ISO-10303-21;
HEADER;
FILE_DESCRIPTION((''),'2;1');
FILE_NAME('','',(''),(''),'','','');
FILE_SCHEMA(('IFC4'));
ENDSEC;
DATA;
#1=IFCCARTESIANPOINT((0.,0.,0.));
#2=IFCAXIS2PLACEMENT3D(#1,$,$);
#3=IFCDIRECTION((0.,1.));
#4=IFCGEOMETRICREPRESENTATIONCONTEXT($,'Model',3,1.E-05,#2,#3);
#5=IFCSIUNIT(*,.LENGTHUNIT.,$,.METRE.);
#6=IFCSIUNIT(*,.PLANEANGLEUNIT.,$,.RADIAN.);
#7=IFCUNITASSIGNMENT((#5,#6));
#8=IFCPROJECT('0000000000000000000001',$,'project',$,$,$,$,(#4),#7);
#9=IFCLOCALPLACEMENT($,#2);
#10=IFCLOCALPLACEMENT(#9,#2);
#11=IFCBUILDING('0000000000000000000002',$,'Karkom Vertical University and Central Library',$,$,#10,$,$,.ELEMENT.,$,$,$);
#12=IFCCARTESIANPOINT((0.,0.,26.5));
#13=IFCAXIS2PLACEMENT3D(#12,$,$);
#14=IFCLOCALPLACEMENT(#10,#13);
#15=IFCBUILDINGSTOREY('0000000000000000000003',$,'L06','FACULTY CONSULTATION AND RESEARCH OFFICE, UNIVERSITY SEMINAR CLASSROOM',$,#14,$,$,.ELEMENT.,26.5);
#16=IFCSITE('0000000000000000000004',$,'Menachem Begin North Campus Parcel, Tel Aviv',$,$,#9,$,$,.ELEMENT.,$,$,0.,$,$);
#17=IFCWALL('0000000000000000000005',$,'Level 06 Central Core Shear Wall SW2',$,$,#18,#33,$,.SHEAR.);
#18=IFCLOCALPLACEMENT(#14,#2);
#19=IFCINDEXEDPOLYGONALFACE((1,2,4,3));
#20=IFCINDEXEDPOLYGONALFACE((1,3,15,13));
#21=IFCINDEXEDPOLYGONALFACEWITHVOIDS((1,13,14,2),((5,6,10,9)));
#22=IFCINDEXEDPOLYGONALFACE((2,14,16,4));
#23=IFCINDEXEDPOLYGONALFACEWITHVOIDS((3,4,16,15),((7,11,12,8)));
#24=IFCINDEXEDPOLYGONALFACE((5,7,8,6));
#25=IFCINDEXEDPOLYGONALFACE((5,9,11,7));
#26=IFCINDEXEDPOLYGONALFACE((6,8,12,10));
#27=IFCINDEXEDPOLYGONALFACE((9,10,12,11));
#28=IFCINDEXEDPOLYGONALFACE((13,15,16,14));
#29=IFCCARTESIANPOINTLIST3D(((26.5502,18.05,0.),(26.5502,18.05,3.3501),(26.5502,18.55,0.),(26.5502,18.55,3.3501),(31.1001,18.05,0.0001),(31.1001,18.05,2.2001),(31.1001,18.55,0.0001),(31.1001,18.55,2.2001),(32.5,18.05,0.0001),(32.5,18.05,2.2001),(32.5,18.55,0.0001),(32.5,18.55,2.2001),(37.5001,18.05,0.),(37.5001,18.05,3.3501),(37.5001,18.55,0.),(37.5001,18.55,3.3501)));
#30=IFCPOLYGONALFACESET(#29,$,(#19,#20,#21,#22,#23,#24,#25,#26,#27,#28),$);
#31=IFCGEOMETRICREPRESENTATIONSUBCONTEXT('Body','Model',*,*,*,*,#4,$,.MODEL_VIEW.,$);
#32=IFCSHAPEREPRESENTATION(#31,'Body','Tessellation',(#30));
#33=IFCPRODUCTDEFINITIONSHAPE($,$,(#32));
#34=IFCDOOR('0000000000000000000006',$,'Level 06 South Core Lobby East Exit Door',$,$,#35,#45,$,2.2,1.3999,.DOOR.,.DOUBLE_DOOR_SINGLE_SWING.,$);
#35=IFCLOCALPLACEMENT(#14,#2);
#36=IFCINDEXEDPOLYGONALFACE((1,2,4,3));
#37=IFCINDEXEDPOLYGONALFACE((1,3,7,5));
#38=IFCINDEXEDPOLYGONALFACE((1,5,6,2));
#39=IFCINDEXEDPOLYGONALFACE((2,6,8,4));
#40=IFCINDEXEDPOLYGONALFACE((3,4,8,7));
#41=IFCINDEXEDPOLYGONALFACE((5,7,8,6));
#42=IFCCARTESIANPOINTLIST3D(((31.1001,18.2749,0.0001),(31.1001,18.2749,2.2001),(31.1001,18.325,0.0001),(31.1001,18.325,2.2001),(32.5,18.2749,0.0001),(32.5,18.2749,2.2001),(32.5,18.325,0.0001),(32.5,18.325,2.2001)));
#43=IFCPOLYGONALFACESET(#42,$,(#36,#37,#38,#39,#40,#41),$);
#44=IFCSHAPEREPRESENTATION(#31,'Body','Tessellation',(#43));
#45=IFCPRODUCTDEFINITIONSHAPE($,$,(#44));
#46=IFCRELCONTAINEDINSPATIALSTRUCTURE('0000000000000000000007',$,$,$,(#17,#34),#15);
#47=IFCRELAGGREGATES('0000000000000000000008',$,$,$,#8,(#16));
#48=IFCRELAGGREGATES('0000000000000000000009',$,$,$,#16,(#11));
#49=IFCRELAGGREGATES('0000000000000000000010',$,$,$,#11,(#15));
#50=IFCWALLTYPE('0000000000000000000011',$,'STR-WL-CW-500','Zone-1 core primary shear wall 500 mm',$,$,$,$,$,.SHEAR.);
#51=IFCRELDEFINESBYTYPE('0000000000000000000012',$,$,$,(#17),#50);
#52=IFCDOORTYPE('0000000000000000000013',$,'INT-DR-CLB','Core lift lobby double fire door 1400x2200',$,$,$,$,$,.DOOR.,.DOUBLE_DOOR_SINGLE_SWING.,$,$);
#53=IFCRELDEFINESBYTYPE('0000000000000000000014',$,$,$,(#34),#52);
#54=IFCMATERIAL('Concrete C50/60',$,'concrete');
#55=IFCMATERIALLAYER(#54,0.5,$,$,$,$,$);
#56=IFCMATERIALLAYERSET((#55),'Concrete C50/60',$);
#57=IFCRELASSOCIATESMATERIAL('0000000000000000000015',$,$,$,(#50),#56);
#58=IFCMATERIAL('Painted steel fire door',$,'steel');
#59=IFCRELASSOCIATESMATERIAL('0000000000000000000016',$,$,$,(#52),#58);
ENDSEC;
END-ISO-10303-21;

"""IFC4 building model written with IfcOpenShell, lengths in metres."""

from ifc_helpers import new_model, si_unit, direction, frame, frame_2d, origin, origin_with_axes, place, context, subcontext, project, spatial, rectangle, extrude, source, transform, mapped, material, layer, layer_set, type_object, element, fill, save


model = new_model("IFC4")

# Units and contexts
model_context = context("Model", 3, precision=1e-05, world=origin(), true_north=direction((0.0, 1.0)))
body_context = subcontext(model_context, "Body", "Model", "MODEL_VIEW")
ifc_project = project(units=[si_unit("LENGTHUNIT", "METRE"), si_unit("PLANEANGLEUNIT", "RADIAN")], contexts=[model_context])

# Site, building, storey
site_placement = place(None, origin())
site = spatial("IfcSite", under=ifc_project, at=site_placement, Name="Menachem Begin North Campus Parcel, Tel Aviv", CompositionType="ELEMENT", RefElevation=0.0)
building_placement = place(site_placement, origin())
building = spatial("IfcBuilding", under=site, at=building_placement, Name="Karkom Vertical University and Central Library", CompositionType="ELEMENT")
storey_placement = place(building_placement, frame((0.0, 0.0, 26.5)))
storey = spatial("IfcBuildingStorey", under=building, at=storey_placement, Name="L06", Description="FACULTY CONSULTATION AND RESEARCH OFFICE, UNIVERSITY SEMINAR CLASSROOM", CompositionType="ELEMENT", Elevation=26.5)

# Shared definitions
ifc_material_1 = material(Name="Concrete C50/60", Category="concrete")

# Wall, opening, door
ifc_layer_1 = layer(ifc_material_1, 0.5)
ifc_layer_set_1 = layer_set([ifc_layer_1], Name="Concrete C50/60")
wall_type_1 = type_object("IfcWallType", Name="STR-WL-CW-500", Description="Zone-1 core primary shear wall 500 mm", PredefinedType="SHEAR", material=ifc_layer_set_1)
ifc_material_2 = material(Name="Painted steel fire door", Category="steel")
door_type = type_object("IfcDoorType", Name="INT-DR-CLB", Description="Core lift lobby double fire door 1400x2200", OperationType="DOUBLE_DOOR_SINGLE_SWING", PredefinedType="DOOR", material=ifc_material_2)
shared_shape_1 = source(origin_with_axes(), body_context, "Body", "SweptSolid", [
    extrude(rectangle(XDim=1.3999, YDim=2.2, at=frame_2d((0.7, 1.1001))), frame((0.0, 0.0249, 0.0), z_axis=(0.0, -1.0, 0.0), x_axis=(1.0, 0.0, 0.0)), (0.0, 0.0, 1.0), 0.05),
])
wall_1_placement = place(storey_placement, frame((26.55, 18.3, 0.0), z_axis=(0.0, 0.0, 1.0), x_axis=(1.0, 0.0, 0.0)))
wall_1 = element("IfcWall", 1, at=wall_1_placement, inside=storey, type_object=wall_type_1, Name="Level 06 Central Core Shear Wall SW2", PredefinedType="SHEAR", context=body_context, shape_type="SweptSolid", body=[
    extrude(rectangle(XDim=10.95, YDim=0.5, at=frame_2d((5.4751, 0.0))), origin(), (0.0, 0.0, 1.0), 3.3501),
])
opening_1_placement = place(wall_1_placement, frame((4.55, 0.0, 0.0)))
opening_1 = element("IfcOpeningElement", 2, at=opening_1_placement, cuts=wall_1, PredefinedType="OPENING", context=body_context, shape_type="SweptSolid", body=[
    extrude(rectangle(XDim=1.3999, YDim=2.2, at=frame_2d((0.7, 1.1001))), frame((0.0, 0.26, 0.0), z_axis=(0.0, -1.0, 0.0), x_axis=(1.0, 0.0, 0.0)), (0.0, 0.0, 1.0), 0.52),
])
door_1_placement = place(opening_1_placement, origin())
door_1 = element("IfcDoor", 3, at=door_1_placement, inside=storey, type_object=door_type, Name="Level 06 South Core Lobby East Exit Door", OperationType="DOUBLE_DOOR_SINGLE_SWING", OverallHeight=2.2, OverallWidth=1.3999, PredefinedType="DOOR", context=body_context, shape_type="MappedRepresentation", body=[
    mapped(shared_shape_1, transform((0.0, 0.0, 0.0), scale=1.0)),
])
fill(opening_1, door_1)

save(model, "model.ifc")
